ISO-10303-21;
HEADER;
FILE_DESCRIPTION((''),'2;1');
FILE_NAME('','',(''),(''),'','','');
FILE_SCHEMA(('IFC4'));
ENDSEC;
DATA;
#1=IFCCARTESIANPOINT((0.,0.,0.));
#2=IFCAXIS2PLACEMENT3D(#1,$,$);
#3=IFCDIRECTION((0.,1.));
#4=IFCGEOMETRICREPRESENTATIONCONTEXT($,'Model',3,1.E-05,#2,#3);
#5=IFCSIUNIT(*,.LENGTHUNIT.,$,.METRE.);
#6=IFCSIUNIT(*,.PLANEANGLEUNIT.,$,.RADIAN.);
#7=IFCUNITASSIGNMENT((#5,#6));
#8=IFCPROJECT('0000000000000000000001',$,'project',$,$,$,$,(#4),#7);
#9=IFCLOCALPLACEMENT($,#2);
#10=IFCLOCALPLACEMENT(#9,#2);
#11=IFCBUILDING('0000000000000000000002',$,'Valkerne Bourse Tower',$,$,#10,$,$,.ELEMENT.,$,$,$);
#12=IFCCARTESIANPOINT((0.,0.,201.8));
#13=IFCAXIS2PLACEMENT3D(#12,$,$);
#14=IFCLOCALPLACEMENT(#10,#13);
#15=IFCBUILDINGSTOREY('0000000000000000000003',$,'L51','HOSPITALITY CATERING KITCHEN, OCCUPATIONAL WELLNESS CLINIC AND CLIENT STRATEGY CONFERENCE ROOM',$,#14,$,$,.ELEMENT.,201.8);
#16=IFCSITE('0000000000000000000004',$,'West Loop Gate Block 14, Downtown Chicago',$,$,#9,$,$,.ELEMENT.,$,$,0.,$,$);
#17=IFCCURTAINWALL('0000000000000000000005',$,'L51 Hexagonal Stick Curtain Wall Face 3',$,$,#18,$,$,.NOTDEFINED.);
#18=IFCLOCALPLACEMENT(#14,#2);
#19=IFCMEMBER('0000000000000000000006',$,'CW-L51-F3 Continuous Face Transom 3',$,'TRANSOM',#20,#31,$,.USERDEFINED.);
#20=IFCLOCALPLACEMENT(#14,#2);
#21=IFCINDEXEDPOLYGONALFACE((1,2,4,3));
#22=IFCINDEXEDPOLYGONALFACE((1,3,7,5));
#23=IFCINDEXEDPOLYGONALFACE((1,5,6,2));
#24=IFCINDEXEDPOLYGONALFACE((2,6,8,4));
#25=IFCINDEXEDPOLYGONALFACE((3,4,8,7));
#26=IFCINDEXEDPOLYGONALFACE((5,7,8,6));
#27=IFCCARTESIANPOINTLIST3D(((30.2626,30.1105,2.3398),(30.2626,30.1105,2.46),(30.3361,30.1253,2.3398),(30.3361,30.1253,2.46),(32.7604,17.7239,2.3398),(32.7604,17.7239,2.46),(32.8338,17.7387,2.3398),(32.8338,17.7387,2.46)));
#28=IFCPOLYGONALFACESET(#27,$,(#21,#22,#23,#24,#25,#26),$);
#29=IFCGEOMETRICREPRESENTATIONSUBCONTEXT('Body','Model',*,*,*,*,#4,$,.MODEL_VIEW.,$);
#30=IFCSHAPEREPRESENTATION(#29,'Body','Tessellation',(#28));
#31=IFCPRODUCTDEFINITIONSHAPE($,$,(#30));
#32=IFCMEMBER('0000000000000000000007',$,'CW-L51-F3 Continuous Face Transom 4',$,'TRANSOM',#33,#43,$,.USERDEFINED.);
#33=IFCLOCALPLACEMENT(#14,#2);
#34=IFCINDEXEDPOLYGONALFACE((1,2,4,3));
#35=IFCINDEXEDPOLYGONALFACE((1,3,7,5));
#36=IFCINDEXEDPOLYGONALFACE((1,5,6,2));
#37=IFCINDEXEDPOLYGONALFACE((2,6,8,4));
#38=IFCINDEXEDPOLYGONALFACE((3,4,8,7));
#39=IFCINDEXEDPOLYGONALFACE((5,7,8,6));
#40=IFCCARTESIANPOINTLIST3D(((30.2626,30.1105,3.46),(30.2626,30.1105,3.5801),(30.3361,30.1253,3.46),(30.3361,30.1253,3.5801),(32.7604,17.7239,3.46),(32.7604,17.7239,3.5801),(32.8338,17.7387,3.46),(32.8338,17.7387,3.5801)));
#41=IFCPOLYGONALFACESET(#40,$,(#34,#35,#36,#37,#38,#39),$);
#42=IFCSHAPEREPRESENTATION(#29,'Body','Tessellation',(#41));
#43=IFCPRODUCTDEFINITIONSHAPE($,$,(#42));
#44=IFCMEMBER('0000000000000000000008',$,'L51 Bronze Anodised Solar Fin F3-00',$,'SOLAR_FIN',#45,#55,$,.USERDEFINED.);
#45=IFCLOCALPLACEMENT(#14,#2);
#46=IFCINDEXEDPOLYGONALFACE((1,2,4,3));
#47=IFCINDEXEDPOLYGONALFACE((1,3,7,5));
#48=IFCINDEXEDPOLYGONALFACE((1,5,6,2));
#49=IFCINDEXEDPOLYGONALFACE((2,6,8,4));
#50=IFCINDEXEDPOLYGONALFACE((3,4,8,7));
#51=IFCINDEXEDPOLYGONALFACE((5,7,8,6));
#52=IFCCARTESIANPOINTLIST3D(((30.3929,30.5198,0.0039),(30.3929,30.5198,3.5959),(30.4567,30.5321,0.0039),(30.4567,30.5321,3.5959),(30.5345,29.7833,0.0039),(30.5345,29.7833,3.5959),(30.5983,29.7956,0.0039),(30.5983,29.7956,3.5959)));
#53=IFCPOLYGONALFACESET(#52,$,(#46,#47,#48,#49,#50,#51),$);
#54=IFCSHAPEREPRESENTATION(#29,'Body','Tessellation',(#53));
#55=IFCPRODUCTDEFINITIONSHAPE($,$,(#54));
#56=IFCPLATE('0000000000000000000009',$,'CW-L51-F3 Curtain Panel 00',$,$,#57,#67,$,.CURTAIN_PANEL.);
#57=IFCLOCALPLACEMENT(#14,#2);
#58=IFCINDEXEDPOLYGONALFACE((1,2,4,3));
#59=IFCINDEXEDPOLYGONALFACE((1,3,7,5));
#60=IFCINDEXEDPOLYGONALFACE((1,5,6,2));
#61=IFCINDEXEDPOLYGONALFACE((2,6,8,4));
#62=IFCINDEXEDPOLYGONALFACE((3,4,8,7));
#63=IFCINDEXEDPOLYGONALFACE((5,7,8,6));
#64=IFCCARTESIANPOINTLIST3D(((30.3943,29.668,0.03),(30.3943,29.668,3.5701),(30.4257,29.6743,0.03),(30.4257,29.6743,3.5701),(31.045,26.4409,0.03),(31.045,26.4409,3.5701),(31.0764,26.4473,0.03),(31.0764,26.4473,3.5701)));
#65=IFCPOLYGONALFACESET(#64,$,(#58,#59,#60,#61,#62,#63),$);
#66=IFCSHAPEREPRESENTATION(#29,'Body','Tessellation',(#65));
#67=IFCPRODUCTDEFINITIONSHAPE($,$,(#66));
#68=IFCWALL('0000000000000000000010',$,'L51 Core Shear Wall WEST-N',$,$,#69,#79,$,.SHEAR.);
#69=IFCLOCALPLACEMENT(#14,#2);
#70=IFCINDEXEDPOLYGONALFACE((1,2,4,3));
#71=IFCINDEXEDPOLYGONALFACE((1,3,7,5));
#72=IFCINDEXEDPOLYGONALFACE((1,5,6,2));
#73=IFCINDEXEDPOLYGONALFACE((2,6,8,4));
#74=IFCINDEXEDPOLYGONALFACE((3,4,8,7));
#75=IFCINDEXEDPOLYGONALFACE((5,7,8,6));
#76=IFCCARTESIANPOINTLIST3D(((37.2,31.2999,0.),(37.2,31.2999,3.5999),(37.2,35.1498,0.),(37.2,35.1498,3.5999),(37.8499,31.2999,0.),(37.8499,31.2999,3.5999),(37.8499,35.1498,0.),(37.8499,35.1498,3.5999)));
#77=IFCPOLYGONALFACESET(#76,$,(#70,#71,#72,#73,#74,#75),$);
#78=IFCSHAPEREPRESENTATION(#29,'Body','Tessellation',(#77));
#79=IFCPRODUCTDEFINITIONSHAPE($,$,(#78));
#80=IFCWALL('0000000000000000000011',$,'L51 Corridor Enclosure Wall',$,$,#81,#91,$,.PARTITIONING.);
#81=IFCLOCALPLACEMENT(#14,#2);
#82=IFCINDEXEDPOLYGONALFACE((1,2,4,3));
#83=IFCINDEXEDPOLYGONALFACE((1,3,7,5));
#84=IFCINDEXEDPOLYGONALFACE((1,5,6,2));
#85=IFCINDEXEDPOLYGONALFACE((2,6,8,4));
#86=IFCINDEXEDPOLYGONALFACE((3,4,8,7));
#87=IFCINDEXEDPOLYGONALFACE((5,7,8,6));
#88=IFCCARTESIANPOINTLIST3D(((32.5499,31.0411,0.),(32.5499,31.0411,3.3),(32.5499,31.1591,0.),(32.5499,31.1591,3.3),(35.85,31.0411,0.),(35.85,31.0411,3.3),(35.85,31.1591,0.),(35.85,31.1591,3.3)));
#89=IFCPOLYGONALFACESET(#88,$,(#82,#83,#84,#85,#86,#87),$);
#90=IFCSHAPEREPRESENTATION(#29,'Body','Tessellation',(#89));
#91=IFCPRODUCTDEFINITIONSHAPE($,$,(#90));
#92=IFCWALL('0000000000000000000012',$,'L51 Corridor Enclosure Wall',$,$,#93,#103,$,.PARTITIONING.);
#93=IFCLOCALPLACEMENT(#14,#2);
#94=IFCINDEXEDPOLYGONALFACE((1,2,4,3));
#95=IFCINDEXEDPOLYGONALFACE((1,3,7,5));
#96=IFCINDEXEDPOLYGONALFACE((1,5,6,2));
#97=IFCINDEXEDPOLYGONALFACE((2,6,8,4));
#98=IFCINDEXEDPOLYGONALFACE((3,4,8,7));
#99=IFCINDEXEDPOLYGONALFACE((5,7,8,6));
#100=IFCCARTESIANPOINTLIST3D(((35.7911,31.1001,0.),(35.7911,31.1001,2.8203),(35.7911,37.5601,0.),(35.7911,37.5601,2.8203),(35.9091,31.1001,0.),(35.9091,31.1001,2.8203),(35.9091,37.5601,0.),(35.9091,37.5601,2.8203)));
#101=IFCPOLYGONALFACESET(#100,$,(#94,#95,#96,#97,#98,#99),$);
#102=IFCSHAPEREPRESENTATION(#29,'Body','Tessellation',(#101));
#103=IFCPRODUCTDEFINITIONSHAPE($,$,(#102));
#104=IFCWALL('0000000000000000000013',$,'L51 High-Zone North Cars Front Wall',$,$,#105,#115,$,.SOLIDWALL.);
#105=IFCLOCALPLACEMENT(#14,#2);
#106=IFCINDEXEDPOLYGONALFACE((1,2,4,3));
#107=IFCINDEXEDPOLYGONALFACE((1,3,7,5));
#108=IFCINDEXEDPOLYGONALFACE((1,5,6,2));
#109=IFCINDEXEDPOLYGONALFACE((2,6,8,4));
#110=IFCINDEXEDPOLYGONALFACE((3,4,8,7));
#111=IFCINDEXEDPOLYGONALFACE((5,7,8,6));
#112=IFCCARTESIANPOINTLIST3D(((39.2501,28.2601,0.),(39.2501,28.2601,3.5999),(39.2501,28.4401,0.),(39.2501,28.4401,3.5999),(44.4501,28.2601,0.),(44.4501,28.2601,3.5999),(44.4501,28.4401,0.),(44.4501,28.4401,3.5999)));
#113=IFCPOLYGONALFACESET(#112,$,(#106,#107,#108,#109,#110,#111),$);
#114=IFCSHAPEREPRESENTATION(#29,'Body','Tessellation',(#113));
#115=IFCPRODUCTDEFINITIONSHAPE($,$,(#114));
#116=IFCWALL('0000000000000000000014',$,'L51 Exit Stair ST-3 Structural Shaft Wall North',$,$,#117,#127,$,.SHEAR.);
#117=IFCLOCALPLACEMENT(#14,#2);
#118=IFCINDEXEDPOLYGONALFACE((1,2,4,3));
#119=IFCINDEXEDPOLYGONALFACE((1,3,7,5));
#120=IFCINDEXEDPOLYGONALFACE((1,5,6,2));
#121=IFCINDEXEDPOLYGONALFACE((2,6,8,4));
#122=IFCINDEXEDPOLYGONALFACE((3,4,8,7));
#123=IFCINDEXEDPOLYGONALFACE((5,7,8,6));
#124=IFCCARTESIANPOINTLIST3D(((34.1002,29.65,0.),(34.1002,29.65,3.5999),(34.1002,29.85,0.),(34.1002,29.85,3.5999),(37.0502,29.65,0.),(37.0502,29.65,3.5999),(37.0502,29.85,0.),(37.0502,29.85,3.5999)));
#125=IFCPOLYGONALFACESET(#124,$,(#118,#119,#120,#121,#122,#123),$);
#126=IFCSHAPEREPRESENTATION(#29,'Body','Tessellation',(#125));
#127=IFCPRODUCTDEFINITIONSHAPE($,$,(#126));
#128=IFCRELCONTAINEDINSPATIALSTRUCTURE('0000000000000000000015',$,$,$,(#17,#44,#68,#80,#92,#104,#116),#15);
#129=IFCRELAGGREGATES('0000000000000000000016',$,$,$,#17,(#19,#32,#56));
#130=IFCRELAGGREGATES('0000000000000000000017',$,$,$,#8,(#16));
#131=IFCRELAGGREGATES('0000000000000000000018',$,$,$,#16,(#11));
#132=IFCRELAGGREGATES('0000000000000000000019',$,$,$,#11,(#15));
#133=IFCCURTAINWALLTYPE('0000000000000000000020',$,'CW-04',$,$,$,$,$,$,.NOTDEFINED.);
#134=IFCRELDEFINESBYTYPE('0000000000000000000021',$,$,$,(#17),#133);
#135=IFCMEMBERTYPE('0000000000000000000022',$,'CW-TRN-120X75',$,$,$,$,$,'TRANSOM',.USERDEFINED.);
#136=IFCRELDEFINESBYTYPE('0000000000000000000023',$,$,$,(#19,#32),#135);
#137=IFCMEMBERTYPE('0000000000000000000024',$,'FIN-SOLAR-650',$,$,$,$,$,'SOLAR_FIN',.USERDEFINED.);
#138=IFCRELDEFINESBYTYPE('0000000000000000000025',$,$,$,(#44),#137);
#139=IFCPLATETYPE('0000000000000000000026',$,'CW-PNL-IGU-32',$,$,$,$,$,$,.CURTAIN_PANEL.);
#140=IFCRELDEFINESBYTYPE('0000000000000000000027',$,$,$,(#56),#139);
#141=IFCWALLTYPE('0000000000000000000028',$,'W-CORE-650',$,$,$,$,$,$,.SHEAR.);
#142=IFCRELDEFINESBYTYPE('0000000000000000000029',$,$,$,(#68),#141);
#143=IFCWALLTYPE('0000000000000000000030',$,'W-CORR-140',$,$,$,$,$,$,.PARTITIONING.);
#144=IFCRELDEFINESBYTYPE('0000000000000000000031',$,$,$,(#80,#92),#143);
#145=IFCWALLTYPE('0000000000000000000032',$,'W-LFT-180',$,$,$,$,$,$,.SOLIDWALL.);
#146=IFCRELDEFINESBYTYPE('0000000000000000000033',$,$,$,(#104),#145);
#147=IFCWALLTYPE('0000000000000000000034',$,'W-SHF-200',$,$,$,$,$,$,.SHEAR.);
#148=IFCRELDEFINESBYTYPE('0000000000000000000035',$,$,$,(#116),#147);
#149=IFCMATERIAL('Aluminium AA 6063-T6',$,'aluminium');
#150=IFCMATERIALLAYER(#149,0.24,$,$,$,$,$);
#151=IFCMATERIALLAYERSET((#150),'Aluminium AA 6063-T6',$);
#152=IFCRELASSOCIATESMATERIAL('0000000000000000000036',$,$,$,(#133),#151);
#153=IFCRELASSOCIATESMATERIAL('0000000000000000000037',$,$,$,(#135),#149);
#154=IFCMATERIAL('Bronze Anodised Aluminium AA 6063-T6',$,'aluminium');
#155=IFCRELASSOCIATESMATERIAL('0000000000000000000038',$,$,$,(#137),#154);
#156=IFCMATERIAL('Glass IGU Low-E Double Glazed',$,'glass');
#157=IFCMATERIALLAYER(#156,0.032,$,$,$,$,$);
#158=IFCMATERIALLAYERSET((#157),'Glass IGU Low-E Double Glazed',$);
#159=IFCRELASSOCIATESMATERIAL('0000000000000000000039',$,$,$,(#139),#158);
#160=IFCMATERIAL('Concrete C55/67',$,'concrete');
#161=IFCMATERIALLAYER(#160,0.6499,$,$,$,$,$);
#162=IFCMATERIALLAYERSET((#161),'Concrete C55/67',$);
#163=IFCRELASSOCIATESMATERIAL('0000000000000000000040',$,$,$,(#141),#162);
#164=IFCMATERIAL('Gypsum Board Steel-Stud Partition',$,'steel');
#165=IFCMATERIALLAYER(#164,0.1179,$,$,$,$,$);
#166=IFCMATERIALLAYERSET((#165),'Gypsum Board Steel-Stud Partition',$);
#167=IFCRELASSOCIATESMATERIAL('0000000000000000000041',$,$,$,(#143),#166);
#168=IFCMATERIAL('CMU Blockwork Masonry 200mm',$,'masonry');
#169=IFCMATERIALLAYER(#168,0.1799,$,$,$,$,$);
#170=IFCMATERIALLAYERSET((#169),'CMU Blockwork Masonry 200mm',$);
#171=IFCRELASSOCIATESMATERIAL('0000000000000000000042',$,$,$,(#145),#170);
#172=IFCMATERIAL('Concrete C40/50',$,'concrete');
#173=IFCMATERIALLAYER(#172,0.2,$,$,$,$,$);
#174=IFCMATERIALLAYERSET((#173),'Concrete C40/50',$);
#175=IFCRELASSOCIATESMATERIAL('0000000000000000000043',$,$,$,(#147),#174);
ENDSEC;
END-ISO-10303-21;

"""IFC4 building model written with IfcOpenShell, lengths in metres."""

from ifc_helpers import new_model, si_unit, direction, frame, frame_2d, origin, origin_2d, place, context, subcontext, project, spatial, rectangle, extrude, material, layer, layer_set, material_profile, profile_set, type_object, element, aggregate, save


model = new_model("IFC4")

# Units and contexts
model_context = context("Model", 3, precision=1e-05, world=origin(), true_north=direction((0.0, 1.0)))
body_context = subcontext(model_context, "Body", "Model", "MODEL_VIEW")
ifc_project = project(units=[si_unit("LENGTHUNIT", "METRE"), si_unit("PLANEANGLEUNIT", "RADIAN")], contexts=[model_context])

# Site, building, storey
site_placement = place(None, origin())
site = spatial("IfcSite", under=ifc_project, at=site_placement, Name="West Loop Gate Block 14, Downtown Chicago", CompositionType="ELEMENT", RefElevation=0.0)
building_placement = place(site_placement, origin())
building = spatial("IfcBuilding", under=site, at=building_placement, Name="Valkerne Bourse Tower", CompositionType="ELEMENT")
storey_placement = place(building_placement, frame((0.0, 0.0, 201.8)))
storey = spatial("IfcBuildingStorey", under=building, at=storey_placement, Name="L51", Description="HOSPITALITY CATERING KITCHEN, OCCUPATIONAL WELLNESS CLINIC AND CLIENT STRATEGY CONFERENCE ROOM", CompositionType="ELEMENT", Elevation=201.8)

# Curtain wall, members
ifc_material_1 = material(Name="Aluminium AA 6063-T6", Category="aluminium")
ifc_layer_1 = layer(ifc_material_1, 0.24)
ifc_layer_set_1 = layer_set([ifc_layer_1], Name="Aluminium AA 6063-T6")
curtain_wall_type = type_object("IfcCurtainWallType", Name="CW-04", PredefinedType="NOTDEFINED", material=ifc_layer_set_1)
curtain_wall_placement = place(storey_placement, origin())
curtain_wall = element("IfcCurtainWall", 1, at=curtain_wall_placement, inside=storey, type_object=curtain_wall_type, Name="L51 Hexagonal Stick Curtain Wall Face 3", PredefinedType="NOTDEFINED")
ifc_material_profile_1 = material_profile(ifc_material_1, rectangle(XDim=0.075, YDim=0.1201, at=origin_2d()), Name="CWT-75X120")
ifc_profile_set_1 = profile_set([ifc_material_profile_1], Name="Aluminium AA 6063-T6")
member_type_1 = type_object("IfcMemberType", Name="CW-TRN-120X75", ElementType="TRANSOM", PredefinedType="USERDEFINED", material=ifc_profile_set_1)
member_1_placement = place(storey_placement, frame((30.2993, 30.1179, 2.3999), z_axis=(0.197673, -0.980268, 0.0), x_axis=(0.980268, 0.197673, 0.0)))
member_1 = element("IfcMember", 2, at=member_1_placement, type_object=member_type_1, Name="CW-L51-F3 Continuous Face Transom 3", ObjectType="TRANSOM", PredefinedType="USERDEFINED", context=body_context, shape_type="SweptSolid", body=[
    extrude(rectangle(XDim=0.075, YDim=0.1201, at=origin_2d()), origin(), (0.0, 0.0, 1.0), 12.636),
])
member_2_placement = place(storey_placement, frame((30.2993, 30.1179, 3.52), z_axis=(0.197673, -0.980268, 0.0), x_axis=(0.980268, 0.197673, 0.0)))
member_2 = element("IfcMember", 3, at=member_2_placement, type_object=member_type_1, Name="CW-L51-F3 Continuous Face Transom 4", ObjectType="TRANSOM", PredefinedType="USERDEFINED", context=body_context, shape_type="SweptSolid", body=[
    extrude(rectangle(XDim=0.075, YDim=0.1201, at=origin_2d()), origin(), (0.0, 0.0, 1.0), 12.636),
])

# Member
ifc_material_2 = material(Name="Bronze Anodised Aluminium AA 6063-T6", Category="aluminium")
ifc_material_profile_2 = material_profile(ifc_material_2, rectangle(XDim=0.0649, YDim=0.75, at=origin_2d()), Name="FIN-65X750")
ifc_profile_set_2 = profile_set([ifc_material_profile_2], Name="Bronze Anodised Aluminium AA 6063-T6")
member_type_2 = type_object("IfcMemberType", Name="FIN-SOLAR-650", ElementType="SOLAR_FIN", PredefinedType="USERDEFINED", material=ifc_profile_set_2)
member_3_placement = place(storey_placement, frame((30.4956, 30.1577, 0.0039), z_axis=(0.0, 0.0, 1.0), x_axis=(-0.982003, -0.188863, 0.0)))
element("IfcMember", 4, at=member_3_placement, inside=storey, type_object=member_type_2, Name="L51 Bronze Anodised Solar Fin F3-00", ObjectType="SOLAR_FIN", PredefinedType="USERDEFINED", context=body_context, shape_type="SweptSolid", body=[
    extrude(rectangle(XDim=0.0649, YDim=0.75, at=origin_2d()), origin(), (0.0, 0.0, 1.0), 3.592),
])

# Plate
ifc_material_3 = material(Name="Glass IGU Low-E Double Glazed", Category="glass")
ifc_layer_2 = layer(ifc_material_3, 0.032)
ifc_layer_set_2 = layer_set([ifc_layer_2], Name="Glass IGU Low-E Double Glazed")
plate_type = type_object("IfcPlateType", Name="CW-PNL-IGU-32", PredefinedType="CURTAIN_PANEL", material=ifc_layer_set_2)
plate_placement = place(storey_placement, frame((30.7354, 28.0576, 0.03), z_axis=(0.0, 0.0, 1.0), x_axis=(0.19765, -0.980273, 0.0)))
plate = element("IfcPlate", 5, at=plate_placement, type_object=plate_type, Name="CW-L51-F3 Curtain Panel 00", PredefinedType="CURTAIN_PANEL", context=body_context, shape_type="SweptSolid", body=[
    extrude(rectangle(XDim=3.292, YDim=0.032, at=origin_2d()), origin(), (0.0, 0.0, 1.0), 3.54),
])
aggregate(curtain_wall, [member_1, member_2, plate])

# Walls
ifc_material_4 = material(Name="Concrete C55/67", Category="concrete")
ifc_layer_3 = layer(ifc_material_4, 0.6499)
ifc_layer_set_3 = layer_set([ifc_layer_3], Name="Concrete C55/67")
wall_type_1 = type_object("IfcWallType", Name="W-CORE-650", PredefinedType="SHEAR", material=ifc_layer_set_3)
wall_1_placement = place(storey_placement, frame((37.5249, 31.3, 0.0), z_axis=(0.0, 0.0, 1.0), x_axis=(0.0, 1.0, 0.0)))
element("IfcWall", 6, at=wall_1_placement, inside=storey, type_object=wall_type_1, Name="L51 Core Shear Wall WEST-N", PredefinedType="SHEAR", context=body_context, shape_type="SweptSolid", body=[
    extrude(rectangle(XDim=3.8499, YDim=0.6499, at=frame_2d((1.9248, 0.0))), origin(), (0.0, 0.0, 1.0), 3.5999),
])
ifc_material_5 = material(Name="Gypsum Board Steel-Stud Partition", Category="steel")
ifc_layer_4 = layer(ifc_material_5, 0.1179)
ifc_layer_set_4 = layer_set([ifc_layer_4], Name="Gypsum Board Steel-Stud Partition")
wall_type_2 = type_object("IfcWallType", Name="W-CORR-140", PredefinedType="PARTITIONING", material=ifc_layer_set_4)
wall_2_placement = place(storey_placement, frame((32.55, 31.1001, 0.0), z_axis=(0.0, 0.0, 1.0), x_axis=(1.0, 0.0, 0.0)))
element("IfcWall", 7, at=wall_2_placement, inside=storey, type_object=wall_type_2, Name="L51 Corridor Enclosure Wall", PredefinedType="PARTITIONING", context=body_context, shape_type="SweptSolid", body=[
    extrude(rectangle(XDim=3.3, YDim=0.1179, at=frame_2d((1.6499, 0.0))), origin(), (0.0, 0.0, 1.0), 3.3),
])
wall_3_placement = place(storey_placement, frame((35.8501, 31.1001, 0.0), z_axis=(0.0, 0.0, 1.0), x_axis=(0.0, 1.0, 0.0)))
element("IfcWall", 8, at=wall_3_placement, inside=storey, type_object=wall_type_2, Name="L51 Corridor Enclosure Wall", PredefinedType="PARTITIONING", context=body_context, shape_type="SweptSolid", body=[
    extrude(rectangle(XDim=6.46, YDim=0.1179, at=frame_2d((3.23, 0.0))), origin(), (0.0, 0.0, 1.0), 2.8203),
])
ifc_material_6 = material(Name="CMU Blockwork Masonry 200mm", Category="masonry")
ifc_layer_5 = layer(ifc_material_6, 0.1799)
ifc_layer_set_5 = layer_set([ifc_layer_5], Name="CMU Blockwork Masonry 200mm")
wall_type_3 = type_object("IfcWallType", Name="W-LFT-180", PredefinedType="SOLIDWALL", material=ifc_layer_set_5)
wall_4_placement = place(storey_placement, frame((39.25, 28.3501, 0.0), z_axis=(0.0, 0.0, 1.0), x_axis=(1.0, 0.0, 0.0)))
element("IfcWall", 9, at=wall_4_placement, inside=storey, type_object=wall_type_3, Name="L51 High-Zone North Cars Front Wall", PredefinedType="SOLIDWALL", context=body_context, shape_type="SweptSolid", body=[
    extrude(rectangle(XDim=5.2, YDim=0.1799, at=frame_2d((2.6001, 0.0))), origin(), (0.0, 0.0, 1.0), 3.5999),
])
ifc_material_7 = material(Name="Concrete C40/50", Category="concrete")
ifc_layer_6 = layer(ifc_material_7, 0.2)
ifc_layer_set_6 = layer_set([ifc_layer_6], Name="Concrete C40/50")
wall_type_4 = type_object("IfcWallType", Name="W-SHF-200", PredefinedType="SHEAR", material=ifc_layer_set_6)
wall_5_placement = place(storey_placement, frame((34.1001, 29.75, 0.0), z_axis=(0.0, 0.0, 1.0), x_axis=(1.0, 0.0, 0.0)))
element("IfcWall", 10, at=wall_5_placement, inside=storey, type_object=wall_type_4, Name="L51 Exit Stair ST-3 Structural Shaft Wall North", PredefinedType="SHEAR", context=body_context, shape_type="SweptSolid", body=[
    extrude(rectangle(XDim=2.95, YDim=0.2, at=frame_2d((1.4751, 0.0))), origin(), (0.0, 0.0, 1.0), 3.5999),
])

save(model, "model.ifc")
